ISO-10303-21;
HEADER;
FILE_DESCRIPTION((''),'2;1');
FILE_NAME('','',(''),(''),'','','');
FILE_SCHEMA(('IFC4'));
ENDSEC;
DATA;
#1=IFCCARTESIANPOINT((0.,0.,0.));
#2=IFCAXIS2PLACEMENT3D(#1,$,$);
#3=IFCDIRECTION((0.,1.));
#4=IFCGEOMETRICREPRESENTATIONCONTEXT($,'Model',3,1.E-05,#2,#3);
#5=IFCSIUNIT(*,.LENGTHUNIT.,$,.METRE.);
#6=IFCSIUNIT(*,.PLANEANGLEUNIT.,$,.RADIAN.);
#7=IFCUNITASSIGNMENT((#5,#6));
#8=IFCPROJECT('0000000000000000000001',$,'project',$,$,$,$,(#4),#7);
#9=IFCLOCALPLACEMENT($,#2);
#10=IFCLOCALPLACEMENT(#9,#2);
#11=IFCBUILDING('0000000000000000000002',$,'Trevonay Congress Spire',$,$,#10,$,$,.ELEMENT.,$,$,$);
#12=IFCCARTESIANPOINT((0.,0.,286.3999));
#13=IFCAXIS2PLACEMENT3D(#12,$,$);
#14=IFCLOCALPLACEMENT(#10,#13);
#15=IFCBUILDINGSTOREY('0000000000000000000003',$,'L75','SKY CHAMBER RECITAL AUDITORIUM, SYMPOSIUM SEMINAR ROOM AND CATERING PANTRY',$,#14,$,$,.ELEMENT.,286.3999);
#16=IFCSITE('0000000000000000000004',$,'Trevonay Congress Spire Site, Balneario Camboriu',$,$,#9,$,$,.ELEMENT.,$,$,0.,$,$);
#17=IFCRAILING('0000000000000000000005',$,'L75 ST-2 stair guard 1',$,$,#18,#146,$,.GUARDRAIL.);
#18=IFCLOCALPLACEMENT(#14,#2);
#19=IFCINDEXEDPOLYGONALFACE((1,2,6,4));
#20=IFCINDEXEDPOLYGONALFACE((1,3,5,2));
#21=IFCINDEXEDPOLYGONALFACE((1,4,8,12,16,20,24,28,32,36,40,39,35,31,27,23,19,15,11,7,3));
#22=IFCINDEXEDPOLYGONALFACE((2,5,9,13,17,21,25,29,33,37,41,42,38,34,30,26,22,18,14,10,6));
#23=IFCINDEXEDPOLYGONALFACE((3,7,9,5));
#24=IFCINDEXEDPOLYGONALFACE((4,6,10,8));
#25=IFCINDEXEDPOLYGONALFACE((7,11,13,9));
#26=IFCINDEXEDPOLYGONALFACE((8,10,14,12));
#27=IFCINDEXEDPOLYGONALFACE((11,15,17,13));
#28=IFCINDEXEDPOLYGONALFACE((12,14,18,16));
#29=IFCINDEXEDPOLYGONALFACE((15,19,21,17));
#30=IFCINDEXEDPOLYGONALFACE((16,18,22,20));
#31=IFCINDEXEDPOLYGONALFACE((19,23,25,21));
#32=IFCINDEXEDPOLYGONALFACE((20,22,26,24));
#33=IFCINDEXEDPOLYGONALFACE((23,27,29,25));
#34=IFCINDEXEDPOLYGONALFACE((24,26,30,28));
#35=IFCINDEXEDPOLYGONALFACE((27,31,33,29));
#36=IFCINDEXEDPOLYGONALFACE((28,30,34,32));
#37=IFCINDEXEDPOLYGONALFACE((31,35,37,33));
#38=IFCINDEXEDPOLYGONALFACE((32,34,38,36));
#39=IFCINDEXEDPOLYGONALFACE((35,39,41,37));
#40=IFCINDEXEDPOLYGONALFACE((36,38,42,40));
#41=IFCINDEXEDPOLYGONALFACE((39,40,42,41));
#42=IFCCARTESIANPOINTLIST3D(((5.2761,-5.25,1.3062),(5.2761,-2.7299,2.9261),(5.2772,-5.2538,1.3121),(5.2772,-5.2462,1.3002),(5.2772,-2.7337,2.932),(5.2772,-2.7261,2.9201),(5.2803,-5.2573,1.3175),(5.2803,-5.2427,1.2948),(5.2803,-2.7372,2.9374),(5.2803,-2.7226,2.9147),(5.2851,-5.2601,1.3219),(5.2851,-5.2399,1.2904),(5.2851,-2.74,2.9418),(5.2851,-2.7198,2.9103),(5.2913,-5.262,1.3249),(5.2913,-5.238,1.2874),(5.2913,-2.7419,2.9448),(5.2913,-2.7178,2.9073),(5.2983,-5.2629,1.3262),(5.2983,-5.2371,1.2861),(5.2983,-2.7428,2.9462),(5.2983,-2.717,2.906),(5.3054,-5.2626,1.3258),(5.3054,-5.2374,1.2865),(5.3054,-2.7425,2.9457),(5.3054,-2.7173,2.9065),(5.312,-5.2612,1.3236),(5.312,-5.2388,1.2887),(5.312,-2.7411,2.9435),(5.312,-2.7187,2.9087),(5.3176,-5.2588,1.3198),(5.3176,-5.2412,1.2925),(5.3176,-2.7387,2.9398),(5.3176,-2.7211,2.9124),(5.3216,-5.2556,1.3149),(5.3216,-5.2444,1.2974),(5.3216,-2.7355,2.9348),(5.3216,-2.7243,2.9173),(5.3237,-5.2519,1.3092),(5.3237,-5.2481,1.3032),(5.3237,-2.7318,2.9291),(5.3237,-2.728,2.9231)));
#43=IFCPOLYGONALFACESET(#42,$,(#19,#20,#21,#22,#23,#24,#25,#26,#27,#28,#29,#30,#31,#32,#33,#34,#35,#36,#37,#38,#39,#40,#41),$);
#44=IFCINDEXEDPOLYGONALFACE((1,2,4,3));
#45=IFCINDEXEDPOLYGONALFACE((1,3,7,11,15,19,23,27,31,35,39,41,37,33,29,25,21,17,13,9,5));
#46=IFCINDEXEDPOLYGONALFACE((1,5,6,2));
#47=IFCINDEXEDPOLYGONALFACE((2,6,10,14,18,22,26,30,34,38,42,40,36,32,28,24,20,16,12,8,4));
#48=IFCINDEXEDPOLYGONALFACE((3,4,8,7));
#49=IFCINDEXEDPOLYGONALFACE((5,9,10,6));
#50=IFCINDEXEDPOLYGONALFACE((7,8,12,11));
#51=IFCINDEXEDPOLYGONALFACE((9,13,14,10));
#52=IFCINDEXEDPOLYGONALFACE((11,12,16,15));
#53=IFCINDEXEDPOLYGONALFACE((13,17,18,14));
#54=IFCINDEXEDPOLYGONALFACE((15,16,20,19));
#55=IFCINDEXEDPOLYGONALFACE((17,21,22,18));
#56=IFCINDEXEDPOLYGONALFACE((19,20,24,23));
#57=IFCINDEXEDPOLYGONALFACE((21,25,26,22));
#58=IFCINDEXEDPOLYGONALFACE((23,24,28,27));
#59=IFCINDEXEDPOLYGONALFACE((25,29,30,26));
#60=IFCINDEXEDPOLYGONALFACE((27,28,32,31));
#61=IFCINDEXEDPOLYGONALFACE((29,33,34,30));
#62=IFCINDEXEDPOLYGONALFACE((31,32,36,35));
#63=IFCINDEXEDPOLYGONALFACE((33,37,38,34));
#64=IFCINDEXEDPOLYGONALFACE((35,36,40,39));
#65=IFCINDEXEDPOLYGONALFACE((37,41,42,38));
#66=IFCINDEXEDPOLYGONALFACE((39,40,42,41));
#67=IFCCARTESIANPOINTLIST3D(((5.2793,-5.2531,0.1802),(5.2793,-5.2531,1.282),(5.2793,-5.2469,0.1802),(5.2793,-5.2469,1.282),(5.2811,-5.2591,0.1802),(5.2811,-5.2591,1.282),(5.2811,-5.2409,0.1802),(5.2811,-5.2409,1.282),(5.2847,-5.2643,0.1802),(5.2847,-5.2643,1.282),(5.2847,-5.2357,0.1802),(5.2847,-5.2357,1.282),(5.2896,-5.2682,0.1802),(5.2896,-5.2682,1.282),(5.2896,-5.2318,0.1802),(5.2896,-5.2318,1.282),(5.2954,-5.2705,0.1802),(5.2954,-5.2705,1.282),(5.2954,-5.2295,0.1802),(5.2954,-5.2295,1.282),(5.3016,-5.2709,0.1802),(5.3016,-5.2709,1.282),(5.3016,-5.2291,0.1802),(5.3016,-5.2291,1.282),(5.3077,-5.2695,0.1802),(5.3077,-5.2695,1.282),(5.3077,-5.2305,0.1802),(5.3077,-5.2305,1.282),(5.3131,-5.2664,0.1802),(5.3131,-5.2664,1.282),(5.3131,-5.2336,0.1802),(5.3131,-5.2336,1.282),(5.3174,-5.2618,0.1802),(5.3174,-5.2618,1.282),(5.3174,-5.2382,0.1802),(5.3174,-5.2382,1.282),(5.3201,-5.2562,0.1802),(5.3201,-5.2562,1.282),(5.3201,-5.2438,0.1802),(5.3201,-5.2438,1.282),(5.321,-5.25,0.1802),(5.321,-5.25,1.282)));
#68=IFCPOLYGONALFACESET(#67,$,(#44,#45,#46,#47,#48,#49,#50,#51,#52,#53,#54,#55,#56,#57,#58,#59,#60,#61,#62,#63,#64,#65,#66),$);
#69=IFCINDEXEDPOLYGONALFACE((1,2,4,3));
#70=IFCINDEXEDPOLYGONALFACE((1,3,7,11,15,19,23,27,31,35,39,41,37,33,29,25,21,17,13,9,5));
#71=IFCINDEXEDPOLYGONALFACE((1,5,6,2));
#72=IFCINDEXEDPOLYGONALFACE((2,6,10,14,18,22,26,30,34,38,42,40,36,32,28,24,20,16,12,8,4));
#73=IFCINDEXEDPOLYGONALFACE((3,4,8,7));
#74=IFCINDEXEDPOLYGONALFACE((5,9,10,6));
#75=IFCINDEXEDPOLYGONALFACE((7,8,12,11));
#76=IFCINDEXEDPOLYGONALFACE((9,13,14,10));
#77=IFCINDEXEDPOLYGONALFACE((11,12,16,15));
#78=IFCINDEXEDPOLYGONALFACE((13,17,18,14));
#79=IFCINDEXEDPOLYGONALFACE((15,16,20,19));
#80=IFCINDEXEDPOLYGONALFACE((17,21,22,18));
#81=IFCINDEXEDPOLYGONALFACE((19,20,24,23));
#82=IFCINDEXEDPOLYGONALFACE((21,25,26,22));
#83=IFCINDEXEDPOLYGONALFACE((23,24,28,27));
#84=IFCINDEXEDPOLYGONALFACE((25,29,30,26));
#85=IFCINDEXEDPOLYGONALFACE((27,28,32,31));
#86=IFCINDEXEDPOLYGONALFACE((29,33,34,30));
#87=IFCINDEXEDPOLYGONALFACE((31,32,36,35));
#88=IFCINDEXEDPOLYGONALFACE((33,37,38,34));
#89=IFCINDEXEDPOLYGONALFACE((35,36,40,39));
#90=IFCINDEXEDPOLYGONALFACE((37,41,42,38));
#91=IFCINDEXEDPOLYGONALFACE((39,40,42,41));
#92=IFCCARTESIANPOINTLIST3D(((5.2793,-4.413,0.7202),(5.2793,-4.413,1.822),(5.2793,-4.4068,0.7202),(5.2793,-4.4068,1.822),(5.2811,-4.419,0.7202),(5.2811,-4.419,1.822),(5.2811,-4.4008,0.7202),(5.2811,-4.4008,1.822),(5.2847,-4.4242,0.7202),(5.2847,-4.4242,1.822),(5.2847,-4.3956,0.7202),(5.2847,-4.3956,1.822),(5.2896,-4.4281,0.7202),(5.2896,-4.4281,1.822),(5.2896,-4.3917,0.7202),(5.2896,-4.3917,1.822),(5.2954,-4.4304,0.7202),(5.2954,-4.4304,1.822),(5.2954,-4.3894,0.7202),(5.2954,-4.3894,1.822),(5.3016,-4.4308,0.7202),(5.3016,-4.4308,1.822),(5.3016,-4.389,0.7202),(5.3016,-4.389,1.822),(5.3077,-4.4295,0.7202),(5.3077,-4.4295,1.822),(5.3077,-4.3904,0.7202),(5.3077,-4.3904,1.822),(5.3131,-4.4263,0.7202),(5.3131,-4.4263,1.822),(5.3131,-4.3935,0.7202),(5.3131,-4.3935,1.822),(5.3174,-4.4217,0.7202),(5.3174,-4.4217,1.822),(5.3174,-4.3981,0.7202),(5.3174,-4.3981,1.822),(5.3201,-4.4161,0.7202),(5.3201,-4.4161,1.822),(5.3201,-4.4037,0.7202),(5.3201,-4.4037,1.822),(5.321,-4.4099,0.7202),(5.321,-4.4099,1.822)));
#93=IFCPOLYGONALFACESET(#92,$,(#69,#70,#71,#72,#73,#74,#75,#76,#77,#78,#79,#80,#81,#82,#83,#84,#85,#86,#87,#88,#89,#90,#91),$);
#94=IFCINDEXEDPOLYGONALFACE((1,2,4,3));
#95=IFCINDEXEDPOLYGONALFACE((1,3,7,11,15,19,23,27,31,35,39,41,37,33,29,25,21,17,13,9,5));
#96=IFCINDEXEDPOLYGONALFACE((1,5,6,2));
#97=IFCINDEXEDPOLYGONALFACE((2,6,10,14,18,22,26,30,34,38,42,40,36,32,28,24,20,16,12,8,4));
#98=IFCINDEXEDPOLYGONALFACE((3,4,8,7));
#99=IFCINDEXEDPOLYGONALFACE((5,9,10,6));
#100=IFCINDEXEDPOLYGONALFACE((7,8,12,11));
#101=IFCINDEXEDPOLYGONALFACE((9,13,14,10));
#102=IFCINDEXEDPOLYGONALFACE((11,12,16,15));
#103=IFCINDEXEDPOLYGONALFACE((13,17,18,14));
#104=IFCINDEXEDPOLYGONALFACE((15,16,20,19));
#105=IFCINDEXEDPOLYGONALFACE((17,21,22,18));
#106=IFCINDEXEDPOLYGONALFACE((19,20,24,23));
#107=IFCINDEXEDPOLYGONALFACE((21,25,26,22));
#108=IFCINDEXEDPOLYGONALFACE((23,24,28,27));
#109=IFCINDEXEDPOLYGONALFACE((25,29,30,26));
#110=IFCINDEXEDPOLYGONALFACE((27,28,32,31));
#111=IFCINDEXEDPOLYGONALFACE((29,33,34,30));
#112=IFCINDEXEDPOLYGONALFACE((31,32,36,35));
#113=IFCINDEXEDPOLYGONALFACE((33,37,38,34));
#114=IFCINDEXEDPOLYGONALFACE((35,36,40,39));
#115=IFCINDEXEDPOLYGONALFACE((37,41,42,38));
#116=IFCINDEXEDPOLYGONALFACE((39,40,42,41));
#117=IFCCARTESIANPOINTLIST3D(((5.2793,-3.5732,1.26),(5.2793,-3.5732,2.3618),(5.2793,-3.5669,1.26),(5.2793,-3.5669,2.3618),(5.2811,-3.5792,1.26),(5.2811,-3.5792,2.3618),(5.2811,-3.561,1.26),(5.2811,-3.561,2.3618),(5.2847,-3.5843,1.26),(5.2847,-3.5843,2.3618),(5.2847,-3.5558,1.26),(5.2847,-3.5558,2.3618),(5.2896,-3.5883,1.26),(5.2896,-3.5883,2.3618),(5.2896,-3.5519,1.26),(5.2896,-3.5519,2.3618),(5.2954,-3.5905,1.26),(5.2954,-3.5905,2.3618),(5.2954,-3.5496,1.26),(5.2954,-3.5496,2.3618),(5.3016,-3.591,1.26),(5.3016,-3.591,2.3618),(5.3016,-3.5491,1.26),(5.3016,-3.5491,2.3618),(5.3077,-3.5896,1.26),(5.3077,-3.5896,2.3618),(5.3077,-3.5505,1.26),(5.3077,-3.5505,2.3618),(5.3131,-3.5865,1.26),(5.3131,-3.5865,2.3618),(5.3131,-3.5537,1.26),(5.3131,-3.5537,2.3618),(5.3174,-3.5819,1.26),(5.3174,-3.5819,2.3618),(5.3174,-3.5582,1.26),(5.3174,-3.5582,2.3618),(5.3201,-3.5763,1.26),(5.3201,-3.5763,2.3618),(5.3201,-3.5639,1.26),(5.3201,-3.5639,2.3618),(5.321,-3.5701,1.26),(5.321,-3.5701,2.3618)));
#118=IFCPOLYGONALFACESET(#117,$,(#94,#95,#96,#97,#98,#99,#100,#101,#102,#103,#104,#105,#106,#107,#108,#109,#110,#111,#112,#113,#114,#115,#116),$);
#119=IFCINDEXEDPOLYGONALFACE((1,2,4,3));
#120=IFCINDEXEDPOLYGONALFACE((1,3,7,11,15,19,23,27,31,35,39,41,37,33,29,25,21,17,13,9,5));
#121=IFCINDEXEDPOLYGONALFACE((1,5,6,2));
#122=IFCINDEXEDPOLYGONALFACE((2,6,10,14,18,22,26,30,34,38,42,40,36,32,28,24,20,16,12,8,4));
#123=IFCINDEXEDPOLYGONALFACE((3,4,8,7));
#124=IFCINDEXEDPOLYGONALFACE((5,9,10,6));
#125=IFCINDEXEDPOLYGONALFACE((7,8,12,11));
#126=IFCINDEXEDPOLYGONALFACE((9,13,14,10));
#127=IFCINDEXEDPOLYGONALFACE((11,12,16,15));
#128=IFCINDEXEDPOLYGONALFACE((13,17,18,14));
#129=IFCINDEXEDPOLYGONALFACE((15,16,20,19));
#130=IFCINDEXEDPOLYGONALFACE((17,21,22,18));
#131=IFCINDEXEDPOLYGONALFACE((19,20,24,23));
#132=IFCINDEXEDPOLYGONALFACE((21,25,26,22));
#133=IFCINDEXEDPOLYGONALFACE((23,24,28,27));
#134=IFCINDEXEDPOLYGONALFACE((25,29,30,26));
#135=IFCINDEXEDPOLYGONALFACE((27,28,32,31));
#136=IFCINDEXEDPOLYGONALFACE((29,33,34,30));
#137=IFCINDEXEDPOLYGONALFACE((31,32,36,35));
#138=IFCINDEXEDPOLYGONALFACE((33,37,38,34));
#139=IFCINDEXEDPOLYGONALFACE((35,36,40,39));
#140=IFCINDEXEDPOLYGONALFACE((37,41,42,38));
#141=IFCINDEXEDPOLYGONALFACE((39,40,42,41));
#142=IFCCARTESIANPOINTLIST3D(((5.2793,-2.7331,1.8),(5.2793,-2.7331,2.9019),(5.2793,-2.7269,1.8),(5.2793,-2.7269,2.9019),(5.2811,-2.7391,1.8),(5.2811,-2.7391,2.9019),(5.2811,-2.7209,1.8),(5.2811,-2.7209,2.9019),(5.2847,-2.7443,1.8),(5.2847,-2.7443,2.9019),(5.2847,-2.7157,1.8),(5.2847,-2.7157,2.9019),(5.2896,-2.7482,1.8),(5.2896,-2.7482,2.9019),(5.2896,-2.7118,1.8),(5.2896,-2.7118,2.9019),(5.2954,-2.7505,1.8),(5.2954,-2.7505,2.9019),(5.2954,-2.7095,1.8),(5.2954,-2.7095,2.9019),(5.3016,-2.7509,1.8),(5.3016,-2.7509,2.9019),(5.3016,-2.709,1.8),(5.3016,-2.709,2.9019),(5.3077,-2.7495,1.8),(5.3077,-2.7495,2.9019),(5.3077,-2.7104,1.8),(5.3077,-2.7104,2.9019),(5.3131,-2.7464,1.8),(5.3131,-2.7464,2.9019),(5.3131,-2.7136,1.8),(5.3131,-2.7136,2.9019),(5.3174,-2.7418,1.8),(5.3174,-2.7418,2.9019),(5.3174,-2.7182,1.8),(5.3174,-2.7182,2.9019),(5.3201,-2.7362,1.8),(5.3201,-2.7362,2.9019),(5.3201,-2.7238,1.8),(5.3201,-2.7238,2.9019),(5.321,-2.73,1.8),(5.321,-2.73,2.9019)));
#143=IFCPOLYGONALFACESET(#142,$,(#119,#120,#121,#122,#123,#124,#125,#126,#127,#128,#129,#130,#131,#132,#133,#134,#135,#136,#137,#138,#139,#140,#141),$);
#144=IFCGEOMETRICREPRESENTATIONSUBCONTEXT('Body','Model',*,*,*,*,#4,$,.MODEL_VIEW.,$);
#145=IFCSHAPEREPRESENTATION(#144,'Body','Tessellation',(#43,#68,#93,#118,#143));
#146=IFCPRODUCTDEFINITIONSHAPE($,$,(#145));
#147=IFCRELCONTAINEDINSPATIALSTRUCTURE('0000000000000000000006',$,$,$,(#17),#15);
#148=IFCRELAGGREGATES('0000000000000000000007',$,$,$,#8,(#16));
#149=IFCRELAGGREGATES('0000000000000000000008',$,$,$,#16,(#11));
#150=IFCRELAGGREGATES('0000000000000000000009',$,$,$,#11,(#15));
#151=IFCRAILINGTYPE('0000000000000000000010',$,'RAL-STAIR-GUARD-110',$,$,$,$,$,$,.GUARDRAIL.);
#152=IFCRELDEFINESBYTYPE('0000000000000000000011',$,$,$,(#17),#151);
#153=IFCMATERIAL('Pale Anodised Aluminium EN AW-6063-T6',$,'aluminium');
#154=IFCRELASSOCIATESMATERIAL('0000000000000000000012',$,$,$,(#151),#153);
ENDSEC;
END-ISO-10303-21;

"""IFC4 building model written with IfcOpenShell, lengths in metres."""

from ifc_helpers import new_model, si_unit, direction, frame, origin, origin_2d, place, context, subcontext, project, spatial, circle, extrude, material, type_object, element, save


model = new_model("IFC4")

# Units and contexts
model_context = context("Model", 3, precision=1e-05, world=origin(), true_north=direction((0.0, 1.0)))
body_context = subcontext(model_context, "Body", "Model", "MODEL_VIEW")
ifc_project = project(units=[si_unit("LENGTHUNIT", "METRE"), si_unit("PLANEANGLEUNIT", "RADIAN")], contexts=[model_context])

# Site, building, storey
site_placement = place(None, origin())
site = spatial("IfcSite", under=ifc_project, at=site_placement, Name="Trevonay Congress Spire Site, Balneario Camboriu", CompositionType="ELEMENT", RefElevation=0.0)
building_placement = place(site_placement, origin())
building = spatial("IfcBuilding", under=site, at=building_placement, Name="Trevonay Congress Spire", CompositionType="ELEMENT")
storey_placement = place(building_placement, frame((0.0, 0.0, 286.3999)))
storey = spatial("IfcBuildingStorey", under=building, at=storey_placement, Name="L75", Description="SKY CHAMBER RECITAL AUDITORIUM, SYMPOSIUM SEMINAR ROOM AND CATERING PANTRY", CompositionType="ELEMENT", Elevation=286.3999)

# Shared definitions
ifc_material_1 = material(Name="Pale Anodised Aluminium EN AW-6063-T6", Category="aluminium")

# Railing
railing_type_1 = type_object("IfcRailingType", Name="RAL-STAIR-GUARD-110", PredefinedType="GUARDRAIL", material=ifc_material_1)
railing_1_placement = place(storey_placement, frame((5.3, -5.25, 0.1802)))
element("IfcRailing", 1, at=railing_1_placement, inside=storey, type_object=railing_type_1, Name="L75 ST-2 stair guard 1", PredefinedType="GUARDRAIL", context=body_context, shape_type="SweptSolid", body=[
    extrude(circle(Radius=0.0239, at=origin_2d()), frame((0.0, 0.0, 1.126), z_axis=(0.0, 0.8412, 0.540725), x_axis=(-1.0, 0.0, 0.0)), (0.0, 0.0, 1.0), 2.9958),
    extrude(circle(Radius=0.021, at=origin_2d()), origin(), (0.0, 0.0, 1.0), 1.1018),
    extrude(circle(Radius=0.021, at=origin_2d()), frame((0.0, 0.8401, 0.54)), (0.0, 0.0, 1.0), 1.1018),
    extrude(circle(Radius=0.021, at=origin_2d()), frame((0.0, 1.6799, 1.0798)), (0.0, 0.0, 1.0), 1.1018),
    extrude(circle(Radius=0.021, at=origin_2d()), frame((0.0, 2.52, 1.6199)), (0.0, 0.0, 1.0), 1.1018),
])

save(model, "model.ifc")
